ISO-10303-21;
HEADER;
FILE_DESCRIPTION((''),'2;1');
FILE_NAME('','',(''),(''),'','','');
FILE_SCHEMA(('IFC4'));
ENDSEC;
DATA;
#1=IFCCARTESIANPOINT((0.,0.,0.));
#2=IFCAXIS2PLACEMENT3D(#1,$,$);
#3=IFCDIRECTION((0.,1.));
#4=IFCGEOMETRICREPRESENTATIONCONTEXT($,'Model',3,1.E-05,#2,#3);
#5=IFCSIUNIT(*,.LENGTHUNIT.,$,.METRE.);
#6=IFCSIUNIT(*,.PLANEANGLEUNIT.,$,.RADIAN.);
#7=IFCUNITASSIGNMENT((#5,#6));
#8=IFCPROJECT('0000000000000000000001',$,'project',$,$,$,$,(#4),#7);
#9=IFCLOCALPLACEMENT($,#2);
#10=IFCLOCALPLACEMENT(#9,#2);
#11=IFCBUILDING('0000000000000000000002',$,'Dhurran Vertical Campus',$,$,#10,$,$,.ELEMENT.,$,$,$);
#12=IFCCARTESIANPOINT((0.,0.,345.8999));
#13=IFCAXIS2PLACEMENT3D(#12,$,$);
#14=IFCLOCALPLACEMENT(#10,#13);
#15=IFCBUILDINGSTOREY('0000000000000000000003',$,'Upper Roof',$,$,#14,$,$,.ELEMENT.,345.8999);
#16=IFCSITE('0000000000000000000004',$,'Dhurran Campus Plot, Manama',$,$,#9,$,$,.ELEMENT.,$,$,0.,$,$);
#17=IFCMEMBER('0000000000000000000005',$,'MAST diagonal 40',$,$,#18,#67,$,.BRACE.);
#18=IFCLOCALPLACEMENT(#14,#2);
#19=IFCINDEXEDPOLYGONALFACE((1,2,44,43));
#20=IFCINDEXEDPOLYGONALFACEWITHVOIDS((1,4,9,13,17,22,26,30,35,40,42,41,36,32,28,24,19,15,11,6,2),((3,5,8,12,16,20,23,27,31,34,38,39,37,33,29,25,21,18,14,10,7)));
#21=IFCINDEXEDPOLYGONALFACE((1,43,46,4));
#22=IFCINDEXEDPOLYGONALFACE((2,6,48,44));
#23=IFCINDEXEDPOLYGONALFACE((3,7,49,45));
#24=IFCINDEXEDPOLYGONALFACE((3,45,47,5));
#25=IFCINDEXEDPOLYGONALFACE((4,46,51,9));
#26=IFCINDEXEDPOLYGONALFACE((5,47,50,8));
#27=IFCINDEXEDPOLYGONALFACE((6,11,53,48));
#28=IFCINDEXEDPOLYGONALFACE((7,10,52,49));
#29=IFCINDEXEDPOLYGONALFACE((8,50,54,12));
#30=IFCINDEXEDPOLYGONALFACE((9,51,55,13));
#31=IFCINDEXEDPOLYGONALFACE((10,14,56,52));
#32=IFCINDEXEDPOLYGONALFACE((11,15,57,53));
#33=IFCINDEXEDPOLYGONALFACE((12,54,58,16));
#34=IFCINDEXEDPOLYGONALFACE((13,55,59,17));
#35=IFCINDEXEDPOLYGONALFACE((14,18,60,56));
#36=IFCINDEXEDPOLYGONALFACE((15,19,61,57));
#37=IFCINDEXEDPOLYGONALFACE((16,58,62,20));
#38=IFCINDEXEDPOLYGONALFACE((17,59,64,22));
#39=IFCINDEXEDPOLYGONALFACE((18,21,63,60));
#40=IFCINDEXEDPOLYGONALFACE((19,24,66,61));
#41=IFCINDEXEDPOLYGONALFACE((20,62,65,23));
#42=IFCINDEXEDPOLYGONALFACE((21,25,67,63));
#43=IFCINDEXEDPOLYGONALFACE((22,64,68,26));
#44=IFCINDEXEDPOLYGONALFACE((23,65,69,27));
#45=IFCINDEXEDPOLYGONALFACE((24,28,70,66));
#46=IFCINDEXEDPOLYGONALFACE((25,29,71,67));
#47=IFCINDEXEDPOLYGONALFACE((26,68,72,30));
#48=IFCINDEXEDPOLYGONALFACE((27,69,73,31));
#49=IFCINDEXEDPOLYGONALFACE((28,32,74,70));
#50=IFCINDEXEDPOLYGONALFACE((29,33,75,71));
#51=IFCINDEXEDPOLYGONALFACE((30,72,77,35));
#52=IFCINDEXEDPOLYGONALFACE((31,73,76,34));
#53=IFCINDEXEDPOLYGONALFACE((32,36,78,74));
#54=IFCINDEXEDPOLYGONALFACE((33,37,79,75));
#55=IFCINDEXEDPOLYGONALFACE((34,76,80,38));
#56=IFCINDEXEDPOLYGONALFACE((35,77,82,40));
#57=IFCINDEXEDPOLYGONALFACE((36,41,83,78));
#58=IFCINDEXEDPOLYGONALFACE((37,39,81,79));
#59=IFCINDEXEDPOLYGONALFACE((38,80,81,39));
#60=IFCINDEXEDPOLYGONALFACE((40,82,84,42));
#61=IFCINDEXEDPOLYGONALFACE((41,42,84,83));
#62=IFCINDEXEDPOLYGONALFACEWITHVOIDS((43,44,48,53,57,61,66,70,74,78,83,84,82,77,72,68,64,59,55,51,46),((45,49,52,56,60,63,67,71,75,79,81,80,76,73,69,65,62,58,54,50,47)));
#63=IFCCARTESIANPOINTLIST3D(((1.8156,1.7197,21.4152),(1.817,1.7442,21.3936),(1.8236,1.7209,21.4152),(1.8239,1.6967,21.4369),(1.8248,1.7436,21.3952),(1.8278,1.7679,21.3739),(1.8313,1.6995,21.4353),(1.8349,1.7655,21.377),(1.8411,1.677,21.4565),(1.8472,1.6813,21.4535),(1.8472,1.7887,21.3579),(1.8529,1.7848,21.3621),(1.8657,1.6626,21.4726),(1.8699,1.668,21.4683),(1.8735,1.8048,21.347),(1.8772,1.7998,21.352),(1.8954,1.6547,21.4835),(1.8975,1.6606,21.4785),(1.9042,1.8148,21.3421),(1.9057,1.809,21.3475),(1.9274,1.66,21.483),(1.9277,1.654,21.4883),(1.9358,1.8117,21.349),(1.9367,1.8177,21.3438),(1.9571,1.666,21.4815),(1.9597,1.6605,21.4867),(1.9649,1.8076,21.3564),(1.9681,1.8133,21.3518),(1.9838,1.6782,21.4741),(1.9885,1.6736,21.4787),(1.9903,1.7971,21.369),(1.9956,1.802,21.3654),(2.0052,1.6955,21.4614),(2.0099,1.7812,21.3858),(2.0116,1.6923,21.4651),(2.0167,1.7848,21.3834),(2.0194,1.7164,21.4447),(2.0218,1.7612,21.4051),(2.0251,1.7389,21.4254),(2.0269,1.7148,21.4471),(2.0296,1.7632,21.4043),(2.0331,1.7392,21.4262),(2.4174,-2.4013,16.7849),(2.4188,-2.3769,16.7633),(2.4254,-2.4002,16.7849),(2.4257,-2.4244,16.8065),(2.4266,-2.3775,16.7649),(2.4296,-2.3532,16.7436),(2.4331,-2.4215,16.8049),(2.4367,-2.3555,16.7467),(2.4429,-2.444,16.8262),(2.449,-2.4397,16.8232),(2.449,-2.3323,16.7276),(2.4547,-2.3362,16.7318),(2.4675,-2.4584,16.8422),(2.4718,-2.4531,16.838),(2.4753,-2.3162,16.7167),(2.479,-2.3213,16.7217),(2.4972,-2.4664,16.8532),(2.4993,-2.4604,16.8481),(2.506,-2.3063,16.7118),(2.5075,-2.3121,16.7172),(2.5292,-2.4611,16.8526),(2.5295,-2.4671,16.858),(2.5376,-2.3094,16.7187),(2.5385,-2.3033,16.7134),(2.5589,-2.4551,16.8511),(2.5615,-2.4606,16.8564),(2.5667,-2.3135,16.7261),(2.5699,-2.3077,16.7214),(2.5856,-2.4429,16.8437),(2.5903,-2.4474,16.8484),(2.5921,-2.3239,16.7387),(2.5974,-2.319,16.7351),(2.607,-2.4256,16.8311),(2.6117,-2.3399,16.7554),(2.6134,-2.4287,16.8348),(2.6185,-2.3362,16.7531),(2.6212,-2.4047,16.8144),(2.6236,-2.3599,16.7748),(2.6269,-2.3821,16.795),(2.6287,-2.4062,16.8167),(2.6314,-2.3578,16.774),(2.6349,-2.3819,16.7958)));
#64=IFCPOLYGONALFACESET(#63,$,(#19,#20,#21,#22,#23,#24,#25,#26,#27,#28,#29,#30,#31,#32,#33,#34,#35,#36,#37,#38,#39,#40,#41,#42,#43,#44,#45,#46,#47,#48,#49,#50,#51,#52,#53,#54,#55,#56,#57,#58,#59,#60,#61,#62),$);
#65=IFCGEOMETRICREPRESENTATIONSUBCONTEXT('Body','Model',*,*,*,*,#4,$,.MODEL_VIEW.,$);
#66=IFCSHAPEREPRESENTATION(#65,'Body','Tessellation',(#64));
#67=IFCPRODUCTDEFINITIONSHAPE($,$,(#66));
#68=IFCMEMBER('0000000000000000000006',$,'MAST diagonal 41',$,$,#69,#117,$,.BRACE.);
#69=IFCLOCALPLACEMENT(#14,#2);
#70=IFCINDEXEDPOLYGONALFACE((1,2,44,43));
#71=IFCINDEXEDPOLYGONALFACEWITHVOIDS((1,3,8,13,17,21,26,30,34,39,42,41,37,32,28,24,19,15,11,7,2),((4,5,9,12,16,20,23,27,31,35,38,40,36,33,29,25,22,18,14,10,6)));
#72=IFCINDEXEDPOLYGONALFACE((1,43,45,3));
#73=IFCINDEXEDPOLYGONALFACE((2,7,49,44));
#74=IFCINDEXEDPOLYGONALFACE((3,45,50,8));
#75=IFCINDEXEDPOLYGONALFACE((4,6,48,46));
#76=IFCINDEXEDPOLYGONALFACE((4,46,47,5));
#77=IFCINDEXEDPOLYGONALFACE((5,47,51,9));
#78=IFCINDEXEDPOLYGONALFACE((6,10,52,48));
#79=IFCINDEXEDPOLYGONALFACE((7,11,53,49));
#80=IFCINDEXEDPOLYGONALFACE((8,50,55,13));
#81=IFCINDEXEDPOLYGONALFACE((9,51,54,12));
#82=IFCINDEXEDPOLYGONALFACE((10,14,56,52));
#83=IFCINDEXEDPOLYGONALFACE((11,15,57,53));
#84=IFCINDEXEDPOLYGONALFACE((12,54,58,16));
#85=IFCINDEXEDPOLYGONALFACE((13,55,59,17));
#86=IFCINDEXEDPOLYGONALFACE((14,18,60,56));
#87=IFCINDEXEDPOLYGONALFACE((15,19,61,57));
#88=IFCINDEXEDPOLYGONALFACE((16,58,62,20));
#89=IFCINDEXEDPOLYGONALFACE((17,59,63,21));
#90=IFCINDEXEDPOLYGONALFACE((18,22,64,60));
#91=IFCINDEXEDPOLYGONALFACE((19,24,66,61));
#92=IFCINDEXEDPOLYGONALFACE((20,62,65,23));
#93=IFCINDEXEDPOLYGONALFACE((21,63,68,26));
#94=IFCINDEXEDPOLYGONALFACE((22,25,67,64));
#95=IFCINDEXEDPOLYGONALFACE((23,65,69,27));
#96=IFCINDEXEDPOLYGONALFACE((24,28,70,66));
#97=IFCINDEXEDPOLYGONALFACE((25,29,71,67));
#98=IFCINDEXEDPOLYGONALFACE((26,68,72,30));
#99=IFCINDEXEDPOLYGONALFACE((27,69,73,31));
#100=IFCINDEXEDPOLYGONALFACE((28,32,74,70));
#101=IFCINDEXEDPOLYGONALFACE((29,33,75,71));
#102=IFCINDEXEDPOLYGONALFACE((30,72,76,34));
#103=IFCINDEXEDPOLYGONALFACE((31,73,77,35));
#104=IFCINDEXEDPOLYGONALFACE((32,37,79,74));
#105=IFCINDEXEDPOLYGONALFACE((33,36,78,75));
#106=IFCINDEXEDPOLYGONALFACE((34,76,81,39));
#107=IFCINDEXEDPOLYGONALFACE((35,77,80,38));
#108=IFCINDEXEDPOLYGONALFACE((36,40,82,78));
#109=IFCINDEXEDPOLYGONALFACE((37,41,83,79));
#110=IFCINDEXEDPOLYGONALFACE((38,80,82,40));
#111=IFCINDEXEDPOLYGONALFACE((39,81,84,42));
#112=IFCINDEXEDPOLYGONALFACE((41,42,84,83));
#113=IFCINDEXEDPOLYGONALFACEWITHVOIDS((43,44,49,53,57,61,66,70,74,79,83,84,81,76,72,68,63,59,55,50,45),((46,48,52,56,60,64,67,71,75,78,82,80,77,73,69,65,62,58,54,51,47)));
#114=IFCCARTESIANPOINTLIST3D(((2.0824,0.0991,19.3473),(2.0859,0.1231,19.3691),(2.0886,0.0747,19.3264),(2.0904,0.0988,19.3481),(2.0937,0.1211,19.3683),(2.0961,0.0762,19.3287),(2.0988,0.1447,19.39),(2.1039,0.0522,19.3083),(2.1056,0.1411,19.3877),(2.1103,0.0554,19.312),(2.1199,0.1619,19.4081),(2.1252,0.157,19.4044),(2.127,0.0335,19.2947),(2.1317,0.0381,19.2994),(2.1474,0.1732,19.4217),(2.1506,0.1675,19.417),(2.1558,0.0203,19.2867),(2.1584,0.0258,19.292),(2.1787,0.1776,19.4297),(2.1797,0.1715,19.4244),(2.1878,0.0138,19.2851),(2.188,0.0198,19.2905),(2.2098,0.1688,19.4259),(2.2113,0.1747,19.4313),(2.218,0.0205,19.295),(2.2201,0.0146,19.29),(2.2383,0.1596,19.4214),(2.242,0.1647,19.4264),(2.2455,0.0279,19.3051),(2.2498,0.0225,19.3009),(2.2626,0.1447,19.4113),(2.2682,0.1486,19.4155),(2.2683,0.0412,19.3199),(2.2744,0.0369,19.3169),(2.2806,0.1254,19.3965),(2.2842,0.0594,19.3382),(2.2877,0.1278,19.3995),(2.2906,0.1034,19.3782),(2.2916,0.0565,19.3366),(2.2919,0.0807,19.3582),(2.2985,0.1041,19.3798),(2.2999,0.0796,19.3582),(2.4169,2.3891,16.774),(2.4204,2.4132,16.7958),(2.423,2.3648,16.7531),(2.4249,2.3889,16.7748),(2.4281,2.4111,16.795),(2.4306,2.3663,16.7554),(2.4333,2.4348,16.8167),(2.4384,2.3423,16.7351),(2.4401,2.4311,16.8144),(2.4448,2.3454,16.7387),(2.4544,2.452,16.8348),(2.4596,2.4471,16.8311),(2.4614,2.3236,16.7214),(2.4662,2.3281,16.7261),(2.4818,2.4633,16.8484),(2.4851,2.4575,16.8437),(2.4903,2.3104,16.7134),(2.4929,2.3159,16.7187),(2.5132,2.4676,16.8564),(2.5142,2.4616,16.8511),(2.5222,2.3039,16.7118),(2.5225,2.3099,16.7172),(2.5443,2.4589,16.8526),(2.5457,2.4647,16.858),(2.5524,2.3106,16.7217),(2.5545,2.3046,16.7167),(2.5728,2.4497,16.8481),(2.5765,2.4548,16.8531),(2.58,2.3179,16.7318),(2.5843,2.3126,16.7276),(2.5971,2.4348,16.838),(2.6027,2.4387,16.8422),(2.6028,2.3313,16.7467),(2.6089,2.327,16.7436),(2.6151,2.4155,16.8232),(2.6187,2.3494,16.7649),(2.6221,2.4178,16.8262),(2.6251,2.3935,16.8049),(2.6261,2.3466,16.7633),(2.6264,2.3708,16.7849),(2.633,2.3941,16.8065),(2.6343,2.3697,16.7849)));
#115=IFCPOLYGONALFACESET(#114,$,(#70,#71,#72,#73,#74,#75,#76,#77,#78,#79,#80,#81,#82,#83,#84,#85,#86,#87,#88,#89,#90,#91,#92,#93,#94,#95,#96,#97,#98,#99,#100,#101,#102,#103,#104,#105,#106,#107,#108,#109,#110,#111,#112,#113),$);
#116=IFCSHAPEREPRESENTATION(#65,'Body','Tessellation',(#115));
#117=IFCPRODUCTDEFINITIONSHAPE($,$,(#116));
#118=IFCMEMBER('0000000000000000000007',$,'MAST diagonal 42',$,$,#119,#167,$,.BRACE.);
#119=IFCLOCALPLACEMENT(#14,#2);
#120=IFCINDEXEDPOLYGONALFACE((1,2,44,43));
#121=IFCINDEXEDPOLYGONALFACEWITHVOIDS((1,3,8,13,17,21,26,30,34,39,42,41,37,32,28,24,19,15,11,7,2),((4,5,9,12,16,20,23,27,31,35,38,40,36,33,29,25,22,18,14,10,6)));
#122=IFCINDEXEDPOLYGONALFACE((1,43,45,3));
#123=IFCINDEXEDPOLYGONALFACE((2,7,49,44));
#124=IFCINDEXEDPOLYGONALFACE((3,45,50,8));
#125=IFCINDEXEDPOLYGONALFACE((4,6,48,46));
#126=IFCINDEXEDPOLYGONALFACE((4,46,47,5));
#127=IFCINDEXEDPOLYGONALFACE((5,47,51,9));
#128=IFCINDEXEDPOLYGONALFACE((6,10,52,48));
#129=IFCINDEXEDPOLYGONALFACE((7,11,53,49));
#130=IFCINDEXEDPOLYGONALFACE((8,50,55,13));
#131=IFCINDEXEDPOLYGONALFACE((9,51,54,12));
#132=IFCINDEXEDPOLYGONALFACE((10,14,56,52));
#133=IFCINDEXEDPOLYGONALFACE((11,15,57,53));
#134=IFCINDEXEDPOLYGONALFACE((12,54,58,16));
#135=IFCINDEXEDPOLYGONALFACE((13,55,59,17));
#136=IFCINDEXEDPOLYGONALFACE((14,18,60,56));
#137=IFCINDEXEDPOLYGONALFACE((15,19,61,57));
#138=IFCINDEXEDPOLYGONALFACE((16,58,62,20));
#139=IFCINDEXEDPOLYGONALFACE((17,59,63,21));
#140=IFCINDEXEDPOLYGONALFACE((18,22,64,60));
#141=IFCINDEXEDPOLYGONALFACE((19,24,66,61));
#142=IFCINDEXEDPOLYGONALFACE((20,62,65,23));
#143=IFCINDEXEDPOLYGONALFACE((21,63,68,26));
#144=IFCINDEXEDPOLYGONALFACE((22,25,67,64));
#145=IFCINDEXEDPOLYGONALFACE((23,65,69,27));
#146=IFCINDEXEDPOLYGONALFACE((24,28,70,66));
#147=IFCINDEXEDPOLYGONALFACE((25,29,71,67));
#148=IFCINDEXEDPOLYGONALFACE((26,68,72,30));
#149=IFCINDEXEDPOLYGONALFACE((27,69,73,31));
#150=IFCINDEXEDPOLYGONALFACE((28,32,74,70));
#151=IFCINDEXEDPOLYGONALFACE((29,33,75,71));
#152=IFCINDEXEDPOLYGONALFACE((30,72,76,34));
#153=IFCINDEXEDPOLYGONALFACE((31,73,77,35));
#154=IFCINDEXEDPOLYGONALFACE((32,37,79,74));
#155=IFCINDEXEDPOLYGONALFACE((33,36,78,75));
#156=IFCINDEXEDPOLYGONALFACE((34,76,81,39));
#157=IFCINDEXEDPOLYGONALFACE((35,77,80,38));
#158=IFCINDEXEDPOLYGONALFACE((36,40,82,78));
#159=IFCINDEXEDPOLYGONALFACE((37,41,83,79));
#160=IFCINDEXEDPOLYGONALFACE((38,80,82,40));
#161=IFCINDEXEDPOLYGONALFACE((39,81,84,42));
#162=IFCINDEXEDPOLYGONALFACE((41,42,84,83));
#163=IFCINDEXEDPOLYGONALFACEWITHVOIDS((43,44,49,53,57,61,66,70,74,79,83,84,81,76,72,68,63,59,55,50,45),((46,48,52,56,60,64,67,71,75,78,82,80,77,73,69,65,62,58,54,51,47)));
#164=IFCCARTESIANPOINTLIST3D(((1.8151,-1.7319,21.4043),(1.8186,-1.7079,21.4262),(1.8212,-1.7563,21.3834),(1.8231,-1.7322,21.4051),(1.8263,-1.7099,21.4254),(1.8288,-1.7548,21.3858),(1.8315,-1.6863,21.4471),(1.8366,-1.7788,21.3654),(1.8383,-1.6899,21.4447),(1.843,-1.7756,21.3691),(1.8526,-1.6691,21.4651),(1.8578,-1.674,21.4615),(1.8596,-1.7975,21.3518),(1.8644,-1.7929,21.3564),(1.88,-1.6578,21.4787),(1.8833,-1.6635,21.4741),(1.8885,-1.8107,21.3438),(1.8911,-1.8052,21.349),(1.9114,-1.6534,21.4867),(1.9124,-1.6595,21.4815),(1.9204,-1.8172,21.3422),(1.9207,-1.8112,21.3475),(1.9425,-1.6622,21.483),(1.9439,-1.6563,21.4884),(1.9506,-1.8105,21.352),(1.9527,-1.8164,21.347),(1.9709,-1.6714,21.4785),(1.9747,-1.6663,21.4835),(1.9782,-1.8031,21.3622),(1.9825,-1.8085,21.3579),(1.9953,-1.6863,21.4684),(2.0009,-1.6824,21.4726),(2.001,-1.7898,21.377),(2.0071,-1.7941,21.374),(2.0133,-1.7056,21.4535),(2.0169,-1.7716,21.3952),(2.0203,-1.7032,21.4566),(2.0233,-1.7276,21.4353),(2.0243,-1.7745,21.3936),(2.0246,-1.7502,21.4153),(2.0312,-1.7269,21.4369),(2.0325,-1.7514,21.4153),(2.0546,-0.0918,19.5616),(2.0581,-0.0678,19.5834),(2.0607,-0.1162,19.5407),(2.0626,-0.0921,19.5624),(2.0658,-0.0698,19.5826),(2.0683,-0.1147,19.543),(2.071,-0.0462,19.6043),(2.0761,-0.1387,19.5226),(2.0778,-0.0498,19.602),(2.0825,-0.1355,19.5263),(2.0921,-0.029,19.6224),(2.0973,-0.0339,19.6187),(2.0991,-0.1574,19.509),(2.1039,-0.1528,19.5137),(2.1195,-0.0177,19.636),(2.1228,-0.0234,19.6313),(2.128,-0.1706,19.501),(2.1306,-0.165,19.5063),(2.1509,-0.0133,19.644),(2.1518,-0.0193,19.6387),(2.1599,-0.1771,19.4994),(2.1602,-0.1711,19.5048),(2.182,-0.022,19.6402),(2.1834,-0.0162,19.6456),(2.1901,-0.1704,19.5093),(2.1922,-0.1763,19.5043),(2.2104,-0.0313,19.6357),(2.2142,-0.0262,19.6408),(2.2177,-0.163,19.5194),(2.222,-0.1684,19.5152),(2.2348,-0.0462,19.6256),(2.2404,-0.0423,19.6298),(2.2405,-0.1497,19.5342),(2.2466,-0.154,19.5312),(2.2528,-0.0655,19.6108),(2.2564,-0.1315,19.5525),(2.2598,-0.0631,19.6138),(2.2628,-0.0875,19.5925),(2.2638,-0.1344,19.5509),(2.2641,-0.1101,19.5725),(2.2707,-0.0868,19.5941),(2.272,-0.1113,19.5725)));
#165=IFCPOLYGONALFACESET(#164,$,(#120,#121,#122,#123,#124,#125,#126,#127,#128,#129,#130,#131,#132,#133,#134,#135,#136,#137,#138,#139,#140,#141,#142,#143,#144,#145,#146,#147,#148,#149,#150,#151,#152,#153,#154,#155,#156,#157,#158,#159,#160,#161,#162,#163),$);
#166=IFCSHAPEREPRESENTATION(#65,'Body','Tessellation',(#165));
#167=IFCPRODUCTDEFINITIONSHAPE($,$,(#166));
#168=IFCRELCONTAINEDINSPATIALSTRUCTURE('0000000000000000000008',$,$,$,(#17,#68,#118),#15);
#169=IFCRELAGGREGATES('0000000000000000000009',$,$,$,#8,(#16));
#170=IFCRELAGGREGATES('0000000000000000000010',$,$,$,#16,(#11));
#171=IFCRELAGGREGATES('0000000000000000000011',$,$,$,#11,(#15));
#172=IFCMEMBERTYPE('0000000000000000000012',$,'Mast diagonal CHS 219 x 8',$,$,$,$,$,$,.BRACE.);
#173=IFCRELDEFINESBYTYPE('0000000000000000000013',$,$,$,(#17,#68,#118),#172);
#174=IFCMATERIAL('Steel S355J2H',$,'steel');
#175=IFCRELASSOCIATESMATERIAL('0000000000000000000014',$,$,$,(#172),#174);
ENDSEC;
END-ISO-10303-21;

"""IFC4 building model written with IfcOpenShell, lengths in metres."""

from ifc_helpers import new_model, si_unit, direction, frame, origin, origin_2d, place, context, subcontext, project, spatial, hollow_circle, extrude, material, material_profile, profile_set, type_object, element, save


model = new_model("IFC4")

# Units and contexts
model_context = context("Model", 3, precision=1e-05, world=origin(), true_north=direction((0.0, 1.0)))
body_context = subcontext(model_context, "Body", "Model", "MODEL_VIEW")
ifc_project = project(units=[si_unit("LENGTHUNIT", "METRE"), si_unit("PLANEANGLEUNIT", "RADIAN")], contexts=[model_context])

# Site, building, storey
site_placement = place(None, origin())
site = spatial("IfcSite", under=ifc_project, at=site_placement, Name="Dhurran Campus Plot, Manama", CompositionType="ELEMENT", RefElevation=0.0)
building_placement = place(site_placement, origin())
building = spatial("IfcBuilding", under=site, at=building_placement, Name="Dhurran Vertical Campus", CompositionType="ELEMENT")
storey_placement = place(building_placement, frame((0.0, 0.0, 345.8999)))
storey = spatial("IfcBuildingStorey", under=building, at=storey_placement, Name="Upper Roof", CompositionType="ELEMENT", Elevation=345.8999)

# Members
ifc_material_1 = material(Name="Steel S355J2H", Category="steel")
ifc_material_profile_1 = material_profile(ifc_material_1, hollow_circle(Radius=0.1096, WallThickness=0.0081, at=origin_2d()), Name="CHS219x8")
ifc_profile_set_1 = profile_set([ifc_material_profile_1], Name="Steel S355J2H")
member_type_1 = type_object("IfcMemberType", Name="Mast diagonal CHS 219 x 8", PredefinedType="BRACE", material=ifc_profile_set_1)
member_1_placement = place(storey_placement, frame((2.5259, -2.3855, 16.7849), z_axis=(-0.096632, 0.661722, 0.743496), x_axis=(-0.989505, -0.144498, 0.0)))
element("IfcMember", 1, at=member_1_placement, inside=storey, type_object=member_type_1, Name="MAST diagonal 40", PredefinedType="BRACE", context=body_context, shape_type="SweptSolid", body=[
    extrude(hollow_circle(Radius=0.1096, WallThickness=0.0081, at=origin_2d()), origin(), (0.0, 0.0, 1.0), 6.2278),
])
member_2_placement = place(storey_placement, frame((2.5259, 2.3855, 16.7849), z_axis=(-0.096644, -0.661692, 0.743521), x_axis=(0.989502, -0.144522, 0.0)))
element("IfcMember", 2, at=member_2_placement, inside=storey, type_object=member_type_1, Name="MAST diagonal 41", PredefinedType="BRACE", context=body_context, shape_type="SweptSolid", body=[
    extrude(hollow_circle(Radius=0.1096, WallThickness=0.0081, at=origin_2d()), origin(), (0.0, 0.0, 1.0), 3.4609),
])
member_3_placement = place(storey_placement, frame((2.1636, -0.0955, 19.5725), z_axis=(-0.09663, -0.661732, 0.743488), x_axis=(0.989506, -0.144493, 0.0)))
element("IfcMember", 3, at=member_3_placement, inside=storey, type_object=member_type_1, Name="MAST diagonal 42", PredefinedType="BRACE", context=body_context, shape_type="SweptSolid", body=[
    extrude(hollow_circle(Radius=0.1096, WallThickness=0.0081, at=origin_2d()), origin(), (0.0, 0.0, 1.0), 2.4785),
])

save(model, "model.ifc")
